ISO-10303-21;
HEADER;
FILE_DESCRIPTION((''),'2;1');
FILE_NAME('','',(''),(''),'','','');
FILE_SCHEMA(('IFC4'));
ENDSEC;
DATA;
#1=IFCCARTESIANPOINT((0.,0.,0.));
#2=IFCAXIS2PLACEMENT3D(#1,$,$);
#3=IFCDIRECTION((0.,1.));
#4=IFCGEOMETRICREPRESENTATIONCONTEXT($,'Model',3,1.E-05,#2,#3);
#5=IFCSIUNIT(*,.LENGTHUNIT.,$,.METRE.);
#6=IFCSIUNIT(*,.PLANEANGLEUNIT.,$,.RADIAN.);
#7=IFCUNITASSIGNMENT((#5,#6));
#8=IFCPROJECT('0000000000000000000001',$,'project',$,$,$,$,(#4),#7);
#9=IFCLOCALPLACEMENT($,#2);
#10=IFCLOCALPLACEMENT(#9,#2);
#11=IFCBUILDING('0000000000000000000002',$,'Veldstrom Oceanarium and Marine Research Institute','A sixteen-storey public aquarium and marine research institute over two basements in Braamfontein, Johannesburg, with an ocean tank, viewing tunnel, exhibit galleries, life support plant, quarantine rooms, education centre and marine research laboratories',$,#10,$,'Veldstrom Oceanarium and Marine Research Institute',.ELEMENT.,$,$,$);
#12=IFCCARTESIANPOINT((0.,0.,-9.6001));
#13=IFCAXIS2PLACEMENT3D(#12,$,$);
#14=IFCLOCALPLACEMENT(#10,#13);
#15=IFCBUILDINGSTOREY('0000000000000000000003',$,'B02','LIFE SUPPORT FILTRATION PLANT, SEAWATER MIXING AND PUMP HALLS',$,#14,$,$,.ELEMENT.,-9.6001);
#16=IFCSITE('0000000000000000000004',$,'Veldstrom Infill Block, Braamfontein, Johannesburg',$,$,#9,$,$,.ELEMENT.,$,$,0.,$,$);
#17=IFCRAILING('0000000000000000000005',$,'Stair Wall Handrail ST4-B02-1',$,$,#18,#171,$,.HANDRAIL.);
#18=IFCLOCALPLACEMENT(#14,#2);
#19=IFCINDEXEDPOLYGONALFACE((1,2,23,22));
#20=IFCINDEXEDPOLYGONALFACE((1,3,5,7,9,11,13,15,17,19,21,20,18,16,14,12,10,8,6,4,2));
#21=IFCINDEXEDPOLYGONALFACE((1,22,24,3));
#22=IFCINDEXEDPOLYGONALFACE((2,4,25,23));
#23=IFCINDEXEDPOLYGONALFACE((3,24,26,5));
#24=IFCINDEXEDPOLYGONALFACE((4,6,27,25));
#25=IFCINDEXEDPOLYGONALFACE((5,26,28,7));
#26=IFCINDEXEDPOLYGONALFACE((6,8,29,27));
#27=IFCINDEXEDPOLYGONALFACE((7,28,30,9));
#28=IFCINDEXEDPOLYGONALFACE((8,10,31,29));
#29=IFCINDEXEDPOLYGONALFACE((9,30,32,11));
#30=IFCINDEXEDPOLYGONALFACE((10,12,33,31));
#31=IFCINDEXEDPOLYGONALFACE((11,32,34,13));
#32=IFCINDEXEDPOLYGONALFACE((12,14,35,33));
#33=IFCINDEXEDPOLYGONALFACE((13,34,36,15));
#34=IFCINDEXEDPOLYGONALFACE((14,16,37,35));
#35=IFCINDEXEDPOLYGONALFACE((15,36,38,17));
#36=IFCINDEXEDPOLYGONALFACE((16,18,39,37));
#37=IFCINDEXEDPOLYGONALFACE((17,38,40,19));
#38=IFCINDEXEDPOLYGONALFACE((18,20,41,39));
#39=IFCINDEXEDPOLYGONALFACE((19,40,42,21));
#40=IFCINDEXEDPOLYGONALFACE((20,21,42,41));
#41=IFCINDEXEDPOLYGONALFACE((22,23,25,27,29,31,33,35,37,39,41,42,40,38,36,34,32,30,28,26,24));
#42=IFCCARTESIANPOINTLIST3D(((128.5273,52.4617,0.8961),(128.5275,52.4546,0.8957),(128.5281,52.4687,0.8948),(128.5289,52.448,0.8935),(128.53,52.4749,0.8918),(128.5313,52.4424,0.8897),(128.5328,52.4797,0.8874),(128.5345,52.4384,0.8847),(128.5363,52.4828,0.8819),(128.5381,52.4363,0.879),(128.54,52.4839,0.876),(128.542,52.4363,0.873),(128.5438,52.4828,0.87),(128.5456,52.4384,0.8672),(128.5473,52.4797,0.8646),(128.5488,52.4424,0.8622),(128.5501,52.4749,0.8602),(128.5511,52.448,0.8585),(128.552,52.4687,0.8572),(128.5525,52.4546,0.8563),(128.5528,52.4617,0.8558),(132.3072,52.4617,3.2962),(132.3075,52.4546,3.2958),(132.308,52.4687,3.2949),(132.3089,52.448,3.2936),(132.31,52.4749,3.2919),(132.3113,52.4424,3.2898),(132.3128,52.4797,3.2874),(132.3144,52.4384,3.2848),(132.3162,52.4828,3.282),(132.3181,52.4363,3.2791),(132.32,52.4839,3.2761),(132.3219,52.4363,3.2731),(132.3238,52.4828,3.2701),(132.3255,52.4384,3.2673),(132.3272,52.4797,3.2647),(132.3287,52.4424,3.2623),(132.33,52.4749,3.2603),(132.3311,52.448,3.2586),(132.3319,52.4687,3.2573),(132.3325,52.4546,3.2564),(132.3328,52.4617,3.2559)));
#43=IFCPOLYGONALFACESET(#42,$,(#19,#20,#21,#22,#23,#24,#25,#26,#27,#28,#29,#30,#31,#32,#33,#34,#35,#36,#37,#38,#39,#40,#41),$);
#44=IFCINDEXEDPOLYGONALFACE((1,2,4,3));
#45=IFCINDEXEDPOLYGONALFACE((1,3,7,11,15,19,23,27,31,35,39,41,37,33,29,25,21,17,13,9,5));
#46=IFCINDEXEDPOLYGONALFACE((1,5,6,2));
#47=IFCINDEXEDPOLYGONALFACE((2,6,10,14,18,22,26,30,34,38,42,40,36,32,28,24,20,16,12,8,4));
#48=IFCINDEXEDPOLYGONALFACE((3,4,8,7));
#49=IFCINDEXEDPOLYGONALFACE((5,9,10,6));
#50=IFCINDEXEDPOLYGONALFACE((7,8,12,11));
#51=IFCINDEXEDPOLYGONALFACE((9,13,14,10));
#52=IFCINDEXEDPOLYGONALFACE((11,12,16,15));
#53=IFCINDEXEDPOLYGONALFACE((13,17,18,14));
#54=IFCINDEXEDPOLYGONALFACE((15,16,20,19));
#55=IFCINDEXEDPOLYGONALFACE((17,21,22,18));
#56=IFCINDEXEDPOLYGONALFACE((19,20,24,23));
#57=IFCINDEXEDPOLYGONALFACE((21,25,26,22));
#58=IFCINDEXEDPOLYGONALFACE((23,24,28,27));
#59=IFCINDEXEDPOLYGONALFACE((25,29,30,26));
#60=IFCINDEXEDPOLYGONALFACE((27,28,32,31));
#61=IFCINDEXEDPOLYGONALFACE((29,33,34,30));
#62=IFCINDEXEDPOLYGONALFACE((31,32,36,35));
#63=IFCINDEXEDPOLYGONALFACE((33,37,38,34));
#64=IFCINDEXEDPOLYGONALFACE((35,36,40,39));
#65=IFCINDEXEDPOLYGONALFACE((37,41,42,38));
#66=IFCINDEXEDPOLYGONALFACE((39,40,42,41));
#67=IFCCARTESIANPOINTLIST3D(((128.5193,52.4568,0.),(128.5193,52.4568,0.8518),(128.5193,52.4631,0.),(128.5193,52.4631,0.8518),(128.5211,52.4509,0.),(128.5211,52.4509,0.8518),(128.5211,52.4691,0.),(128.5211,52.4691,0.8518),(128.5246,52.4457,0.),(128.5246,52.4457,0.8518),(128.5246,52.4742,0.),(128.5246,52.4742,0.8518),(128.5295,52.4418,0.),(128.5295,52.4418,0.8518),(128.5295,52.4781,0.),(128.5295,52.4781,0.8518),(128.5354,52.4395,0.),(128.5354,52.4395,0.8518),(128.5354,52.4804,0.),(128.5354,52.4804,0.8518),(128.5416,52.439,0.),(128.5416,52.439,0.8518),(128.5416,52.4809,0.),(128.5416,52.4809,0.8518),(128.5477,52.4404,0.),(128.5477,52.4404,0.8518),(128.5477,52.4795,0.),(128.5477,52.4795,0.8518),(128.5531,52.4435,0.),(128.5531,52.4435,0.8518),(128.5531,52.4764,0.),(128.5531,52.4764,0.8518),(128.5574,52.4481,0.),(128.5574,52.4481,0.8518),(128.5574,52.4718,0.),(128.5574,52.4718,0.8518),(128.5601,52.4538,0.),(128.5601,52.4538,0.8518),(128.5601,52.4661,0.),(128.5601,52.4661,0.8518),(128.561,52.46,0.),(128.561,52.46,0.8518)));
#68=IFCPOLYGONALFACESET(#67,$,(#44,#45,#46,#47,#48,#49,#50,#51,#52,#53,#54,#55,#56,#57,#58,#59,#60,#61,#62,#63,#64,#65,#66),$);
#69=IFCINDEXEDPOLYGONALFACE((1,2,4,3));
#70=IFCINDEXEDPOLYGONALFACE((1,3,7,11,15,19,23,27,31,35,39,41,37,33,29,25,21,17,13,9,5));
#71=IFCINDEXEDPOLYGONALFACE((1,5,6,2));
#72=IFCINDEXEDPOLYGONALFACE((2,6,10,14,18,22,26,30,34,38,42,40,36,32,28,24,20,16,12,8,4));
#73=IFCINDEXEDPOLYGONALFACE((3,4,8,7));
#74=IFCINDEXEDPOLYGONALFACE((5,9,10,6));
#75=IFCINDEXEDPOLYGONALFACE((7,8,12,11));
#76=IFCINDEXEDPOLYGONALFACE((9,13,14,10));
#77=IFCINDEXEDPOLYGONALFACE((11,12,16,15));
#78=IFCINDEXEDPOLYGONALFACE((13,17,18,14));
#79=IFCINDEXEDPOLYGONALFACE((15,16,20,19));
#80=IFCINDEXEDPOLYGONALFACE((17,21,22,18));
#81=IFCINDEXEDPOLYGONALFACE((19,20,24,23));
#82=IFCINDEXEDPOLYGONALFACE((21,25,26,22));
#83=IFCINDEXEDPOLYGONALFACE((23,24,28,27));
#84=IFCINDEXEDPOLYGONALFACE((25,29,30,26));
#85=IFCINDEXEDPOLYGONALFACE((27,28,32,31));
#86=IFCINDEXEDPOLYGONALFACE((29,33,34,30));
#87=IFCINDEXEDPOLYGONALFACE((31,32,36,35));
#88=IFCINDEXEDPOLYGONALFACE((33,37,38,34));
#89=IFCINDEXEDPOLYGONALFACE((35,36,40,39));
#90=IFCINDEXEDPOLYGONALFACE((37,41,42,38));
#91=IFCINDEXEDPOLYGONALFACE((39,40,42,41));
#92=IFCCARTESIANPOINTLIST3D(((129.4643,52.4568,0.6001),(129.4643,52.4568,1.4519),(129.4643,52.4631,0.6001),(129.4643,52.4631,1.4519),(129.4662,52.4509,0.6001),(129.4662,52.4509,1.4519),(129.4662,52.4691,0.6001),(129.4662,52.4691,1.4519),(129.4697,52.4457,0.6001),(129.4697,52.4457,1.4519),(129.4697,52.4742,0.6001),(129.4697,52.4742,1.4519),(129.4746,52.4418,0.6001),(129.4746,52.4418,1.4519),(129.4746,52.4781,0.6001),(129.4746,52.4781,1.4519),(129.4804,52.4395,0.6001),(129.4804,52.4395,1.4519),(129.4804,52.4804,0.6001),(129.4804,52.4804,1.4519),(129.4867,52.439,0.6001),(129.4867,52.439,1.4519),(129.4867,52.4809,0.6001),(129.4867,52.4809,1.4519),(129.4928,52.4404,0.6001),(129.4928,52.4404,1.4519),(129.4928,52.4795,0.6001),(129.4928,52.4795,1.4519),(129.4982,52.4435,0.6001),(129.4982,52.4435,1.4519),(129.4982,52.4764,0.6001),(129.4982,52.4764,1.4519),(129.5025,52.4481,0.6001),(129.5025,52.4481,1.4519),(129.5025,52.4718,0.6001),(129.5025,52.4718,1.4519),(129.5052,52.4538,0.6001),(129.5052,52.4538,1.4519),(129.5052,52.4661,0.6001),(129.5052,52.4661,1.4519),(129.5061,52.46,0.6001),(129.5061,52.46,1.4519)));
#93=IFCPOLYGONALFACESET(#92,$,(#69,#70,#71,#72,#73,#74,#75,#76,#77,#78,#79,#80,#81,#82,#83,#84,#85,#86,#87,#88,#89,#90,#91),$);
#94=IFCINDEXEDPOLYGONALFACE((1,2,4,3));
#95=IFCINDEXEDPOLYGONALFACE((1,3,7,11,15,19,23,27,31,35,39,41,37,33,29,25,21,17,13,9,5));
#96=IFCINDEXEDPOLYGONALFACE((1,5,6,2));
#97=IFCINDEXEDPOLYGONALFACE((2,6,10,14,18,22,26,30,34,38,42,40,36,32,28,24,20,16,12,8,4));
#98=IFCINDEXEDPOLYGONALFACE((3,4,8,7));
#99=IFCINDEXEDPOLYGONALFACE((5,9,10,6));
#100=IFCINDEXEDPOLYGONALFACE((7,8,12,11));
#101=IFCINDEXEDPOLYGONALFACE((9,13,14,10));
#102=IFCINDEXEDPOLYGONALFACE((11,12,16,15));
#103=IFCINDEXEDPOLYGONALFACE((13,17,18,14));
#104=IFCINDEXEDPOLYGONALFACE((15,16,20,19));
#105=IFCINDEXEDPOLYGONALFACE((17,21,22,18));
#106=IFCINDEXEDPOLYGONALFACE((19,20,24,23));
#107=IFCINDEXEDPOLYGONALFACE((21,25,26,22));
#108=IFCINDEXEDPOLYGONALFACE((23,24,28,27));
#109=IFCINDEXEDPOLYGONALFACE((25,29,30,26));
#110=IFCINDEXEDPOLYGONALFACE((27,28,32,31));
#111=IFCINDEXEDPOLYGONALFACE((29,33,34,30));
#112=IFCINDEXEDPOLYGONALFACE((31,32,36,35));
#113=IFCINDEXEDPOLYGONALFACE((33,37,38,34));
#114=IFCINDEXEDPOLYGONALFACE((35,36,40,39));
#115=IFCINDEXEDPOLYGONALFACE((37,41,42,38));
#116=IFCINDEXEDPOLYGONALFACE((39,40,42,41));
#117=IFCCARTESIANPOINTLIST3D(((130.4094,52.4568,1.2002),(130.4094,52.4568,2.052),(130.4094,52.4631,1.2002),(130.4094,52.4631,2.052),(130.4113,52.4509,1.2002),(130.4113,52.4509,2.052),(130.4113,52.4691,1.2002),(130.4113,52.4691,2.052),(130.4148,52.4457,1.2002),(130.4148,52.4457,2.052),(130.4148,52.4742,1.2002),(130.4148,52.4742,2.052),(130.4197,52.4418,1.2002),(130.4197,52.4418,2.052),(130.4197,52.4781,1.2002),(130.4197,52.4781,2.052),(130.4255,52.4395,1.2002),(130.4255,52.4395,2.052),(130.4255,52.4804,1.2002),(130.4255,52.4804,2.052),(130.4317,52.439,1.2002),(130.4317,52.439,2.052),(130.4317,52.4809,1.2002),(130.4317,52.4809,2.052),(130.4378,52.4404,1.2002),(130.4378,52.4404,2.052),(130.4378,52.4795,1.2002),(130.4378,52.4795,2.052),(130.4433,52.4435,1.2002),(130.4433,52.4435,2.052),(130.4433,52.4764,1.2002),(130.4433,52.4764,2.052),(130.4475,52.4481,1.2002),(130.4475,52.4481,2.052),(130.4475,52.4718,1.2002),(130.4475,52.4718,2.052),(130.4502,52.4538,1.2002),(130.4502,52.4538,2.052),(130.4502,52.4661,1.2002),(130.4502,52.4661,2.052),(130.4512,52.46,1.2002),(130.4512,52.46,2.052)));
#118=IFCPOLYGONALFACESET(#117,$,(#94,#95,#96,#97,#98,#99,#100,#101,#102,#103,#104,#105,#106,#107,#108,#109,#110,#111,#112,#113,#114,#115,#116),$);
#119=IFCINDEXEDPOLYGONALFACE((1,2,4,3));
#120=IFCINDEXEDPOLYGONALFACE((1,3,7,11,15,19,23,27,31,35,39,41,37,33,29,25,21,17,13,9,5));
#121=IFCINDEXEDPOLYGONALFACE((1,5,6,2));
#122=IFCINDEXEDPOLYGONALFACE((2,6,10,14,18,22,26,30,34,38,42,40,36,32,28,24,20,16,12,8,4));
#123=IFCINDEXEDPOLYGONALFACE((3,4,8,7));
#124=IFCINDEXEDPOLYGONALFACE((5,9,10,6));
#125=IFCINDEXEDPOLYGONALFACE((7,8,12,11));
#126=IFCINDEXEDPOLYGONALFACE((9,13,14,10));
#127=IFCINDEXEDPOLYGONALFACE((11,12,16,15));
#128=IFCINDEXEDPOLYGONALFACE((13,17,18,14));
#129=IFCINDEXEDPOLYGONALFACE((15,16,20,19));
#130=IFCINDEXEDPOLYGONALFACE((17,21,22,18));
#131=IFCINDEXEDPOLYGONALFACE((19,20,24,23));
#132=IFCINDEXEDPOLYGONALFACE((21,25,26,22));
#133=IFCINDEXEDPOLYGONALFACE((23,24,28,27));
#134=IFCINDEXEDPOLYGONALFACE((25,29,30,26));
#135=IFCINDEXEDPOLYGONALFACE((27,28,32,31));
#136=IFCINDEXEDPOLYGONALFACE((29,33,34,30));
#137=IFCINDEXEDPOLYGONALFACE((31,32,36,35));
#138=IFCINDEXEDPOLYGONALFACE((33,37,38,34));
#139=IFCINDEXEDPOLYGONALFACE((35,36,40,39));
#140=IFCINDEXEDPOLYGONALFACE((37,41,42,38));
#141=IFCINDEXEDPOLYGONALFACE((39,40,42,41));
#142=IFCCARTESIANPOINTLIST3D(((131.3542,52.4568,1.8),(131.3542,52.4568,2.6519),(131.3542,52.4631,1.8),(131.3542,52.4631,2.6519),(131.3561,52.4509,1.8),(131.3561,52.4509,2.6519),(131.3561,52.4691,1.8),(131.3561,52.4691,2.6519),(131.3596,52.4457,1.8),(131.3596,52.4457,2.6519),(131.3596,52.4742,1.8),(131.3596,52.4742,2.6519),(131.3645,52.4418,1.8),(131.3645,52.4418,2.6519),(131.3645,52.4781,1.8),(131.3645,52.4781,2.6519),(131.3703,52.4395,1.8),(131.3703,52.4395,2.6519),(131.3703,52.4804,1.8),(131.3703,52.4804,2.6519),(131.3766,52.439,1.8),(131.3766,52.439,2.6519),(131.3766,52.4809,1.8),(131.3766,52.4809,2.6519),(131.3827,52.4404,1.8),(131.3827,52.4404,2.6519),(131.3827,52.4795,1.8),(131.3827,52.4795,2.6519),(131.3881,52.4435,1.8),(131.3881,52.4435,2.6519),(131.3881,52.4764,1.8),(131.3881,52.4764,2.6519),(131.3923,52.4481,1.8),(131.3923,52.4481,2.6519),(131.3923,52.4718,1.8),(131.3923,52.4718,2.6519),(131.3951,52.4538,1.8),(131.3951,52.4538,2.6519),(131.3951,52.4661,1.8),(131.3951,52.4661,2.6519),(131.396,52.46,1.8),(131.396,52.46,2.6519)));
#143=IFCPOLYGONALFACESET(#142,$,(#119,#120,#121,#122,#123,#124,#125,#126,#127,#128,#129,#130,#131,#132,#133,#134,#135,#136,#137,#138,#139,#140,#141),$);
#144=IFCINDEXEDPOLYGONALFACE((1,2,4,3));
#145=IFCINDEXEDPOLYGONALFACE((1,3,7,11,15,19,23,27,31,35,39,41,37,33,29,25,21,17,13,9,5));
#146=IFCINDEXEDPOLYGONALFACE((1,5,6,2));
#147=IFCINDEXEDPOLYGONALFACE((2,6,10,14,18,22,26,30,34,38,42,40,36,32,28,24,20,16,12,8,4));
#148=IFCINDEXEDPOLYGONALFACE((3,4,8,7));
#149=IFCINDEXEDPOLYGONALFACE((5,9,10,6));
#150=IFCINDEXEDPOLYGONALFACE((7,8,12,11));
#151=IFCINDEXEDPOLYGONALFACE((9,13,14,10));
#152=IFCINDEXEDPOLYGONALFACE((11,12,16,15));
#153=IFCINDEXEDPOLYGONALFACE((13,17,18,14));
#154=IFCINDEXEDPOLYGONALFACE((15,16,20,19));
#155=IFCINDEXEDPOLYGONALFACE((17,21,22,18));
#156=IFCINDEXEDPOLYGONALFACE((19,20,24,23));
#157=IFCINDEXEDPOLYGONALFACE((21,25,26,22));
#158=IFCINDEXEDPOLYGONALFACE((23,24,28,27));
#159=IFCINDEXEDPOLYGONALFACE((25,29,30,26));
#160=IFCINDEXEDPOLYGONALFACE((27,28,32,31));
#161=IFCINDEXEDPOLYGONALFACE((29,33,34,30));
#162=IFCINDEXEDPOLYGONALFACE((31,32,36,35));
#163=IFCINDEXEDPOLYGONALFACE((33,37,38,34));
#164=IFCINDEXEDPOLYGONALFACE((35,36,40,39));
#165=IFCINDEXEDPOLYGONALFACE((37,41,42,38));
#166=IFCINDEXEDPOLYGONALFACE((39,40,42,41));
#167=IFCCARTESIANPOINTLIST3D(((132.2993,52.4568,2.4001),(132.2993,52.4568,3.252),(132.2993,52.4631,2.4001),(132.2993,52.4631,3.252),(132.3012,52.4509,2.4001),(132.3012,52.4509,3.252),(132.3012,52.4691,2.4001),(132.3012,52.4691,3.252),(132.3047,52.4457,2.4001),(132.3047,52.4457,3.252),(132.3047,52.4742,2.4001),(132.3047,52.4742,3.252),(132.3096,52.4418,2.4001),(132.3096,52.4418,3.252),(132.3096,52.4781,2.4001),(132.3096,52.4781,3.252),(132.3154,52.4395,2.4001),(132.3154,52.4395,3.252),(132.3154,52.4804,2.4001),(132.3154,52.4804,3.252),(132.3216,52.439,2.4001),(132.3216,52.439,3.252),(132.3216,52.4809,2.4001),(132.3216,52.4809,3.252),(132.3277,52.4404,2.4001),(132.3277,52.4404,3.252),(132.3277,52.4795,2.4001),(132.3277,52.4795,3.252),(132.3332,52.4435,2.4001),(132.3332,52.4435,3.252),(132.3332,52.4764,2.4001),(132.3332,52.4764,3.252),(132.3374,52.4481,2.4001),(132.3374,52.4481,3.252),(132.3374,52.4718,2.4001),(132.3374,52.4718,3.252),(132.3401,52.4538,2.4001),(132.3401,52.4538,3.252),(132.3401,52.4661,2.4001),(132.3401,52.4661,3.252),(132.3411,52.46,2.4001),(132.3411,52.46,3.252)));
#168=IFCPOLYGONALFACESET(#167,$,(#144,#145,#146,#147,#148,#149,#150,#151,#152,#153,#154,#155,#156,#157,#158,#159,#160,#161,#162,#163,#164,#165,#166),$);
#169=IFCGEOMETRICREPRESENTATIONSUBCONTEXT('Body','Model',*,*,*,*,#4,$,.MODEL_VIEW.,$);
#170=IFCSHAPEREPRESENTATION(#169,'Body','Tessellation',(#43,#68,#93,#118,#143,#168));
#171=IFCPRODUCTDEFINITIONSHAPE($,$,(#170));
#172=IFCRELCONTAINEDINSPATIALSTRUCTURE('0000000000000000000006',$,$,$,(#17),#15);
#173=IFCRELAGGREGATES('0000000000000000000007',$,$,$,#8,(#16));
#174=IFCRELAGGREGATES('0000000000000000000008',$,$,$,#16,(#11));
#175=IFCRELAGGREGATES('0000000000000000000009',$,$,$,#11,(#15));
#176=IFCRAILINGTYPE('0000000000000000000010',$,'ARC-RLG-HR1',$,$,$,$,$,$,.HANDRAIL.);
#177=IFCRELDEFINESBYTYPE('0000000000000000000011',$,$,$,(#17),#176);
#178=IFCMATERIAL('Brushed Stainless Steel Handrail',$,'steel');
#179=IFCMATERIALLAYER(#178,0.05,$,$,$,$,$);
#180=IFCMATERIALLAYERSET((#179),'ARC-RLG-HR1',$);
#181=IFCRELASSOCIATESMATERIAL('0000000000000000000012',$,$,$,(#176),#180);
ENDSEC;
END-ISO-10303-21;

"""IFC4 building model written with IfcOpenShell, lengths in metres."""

from ifc_helpers import new_model, si_unit, direction, frame, origin, origin_2d, place, context, subcontext, project, spatial, circle, extrude, material, layer, layer_set, type_object, element, save


model = new_model("IFC4")

# Units and contexts
model_context = context("Model", 3, precision=1e-05, world=origin(), true_north=direction((0.0, 1.0)))
body_context = subcontext(model_context, "Body", "Model", "MODEL_VIEW")
ifc_project = project(units=[si_unit("LENGTHUNIT", "METRE"), si_unit("PLANEANGLEUNIT", "RADIAN")], contexts=[model_context])

# Site, building, storey
site_placement = place(None, origin())
site = spatial("IfcSite", under=ifc_project, at=site_placement, Name="Veldstrom Infill Block, Braamfontein, Johannesburg", CompositionType="ELEMENT", RefElevation=0.0)
building_placement = place(site_placement, origin())
building = spatial("IfcBuilding", under=site, at=building_placement, Name="Veldstrom Oceanarium and Marine Research Institute", Description="A sixteen-storey public aquarium and marine research institute over two basements in Braamfontein, Johannesburg, with an ocean tank, viewing tunnel, exhibit galleries, life support plant, quarantine rooms, education centre and marine research laboratories", LongName="Veldstrom Oceanarium and Marine Research Institute", CompositionType="ELEMENT")
storey_placement = place(building_placement, frame((0.0, 0.0, -9.6001)))
storey = spatial("IfcBuildingStorey", under=building, at=storey_placement, Name="B02", Description="LIFE SUPPORT FILTRATION PLANT, SEAWATER MIXING AND PUMP HALLS", CompositionType="ELEMENT", Elevation=-9.6001)

# Railing
ifc_material_1 = material(Name="Brushed Stainless Steel Handrail", Category="steel")
ifc_layer_1 = layer(ifc_material_1, 0.05)
ifc_layer_set_1 = layer_set([ifc_layer_1], Name="ARC-RLG-HR1")
railing_type_1 = type_object("IfcRailingType", Name="ARC-RLG-HR1", PredefinedType="HANDRAIL", material=ifc_layer_set_1)
railing_1_placement = place(storey_placement, frame((128.54, 52.46, 0.0)))
element("IfcRailing", 1, at=railing_1_placement, inside=storey, type_object=railing_type_1, Name="Stair Wall Handrail ST4-B02-1", PredefinedType="HANDRAIL", context=body_context, shape_type="SweptSolid", body=[
    extrude(circle(Radius=0.0239, at=origin_2d()), frame((0.0, 0.0, 0.876), z_axis=(0.8442, 0.0, 0.536028), x_axis=(0.0, 1.0, 0.0)), (0.0, 0.0, 1.0), 4.4775),
    extrude(circle(Radius=0.021, at=origin_2d()), origin(), (0.0, 0.0, 1.0), 0.8518),
    extrude(circle(Radius=0.021, at=origin_2d()), frame((0.9451, 0.0, 0.6001)), (0.0, 0.0, 1.0), 0.8518),
    extrude(circle(Radius=0.021, at=origin_2d()), frame((1.8901, 0.0, 1.2002)), (0.0, 0.0, 1.0), 0.8518),
    extrude(circle(Radius=0.021, at=origin_2d()), frame((2.835, 0.0, 1.8)), (0.0, 0.0, 1.0), 0.8518),
    extrude(circle(Radius=0.021, at=origin_2d()), frame((3.78, 0.0, 2.4001)), (0.0, 0.0, 1.0), 0.8518),
])

save(model, "model.ifc")
